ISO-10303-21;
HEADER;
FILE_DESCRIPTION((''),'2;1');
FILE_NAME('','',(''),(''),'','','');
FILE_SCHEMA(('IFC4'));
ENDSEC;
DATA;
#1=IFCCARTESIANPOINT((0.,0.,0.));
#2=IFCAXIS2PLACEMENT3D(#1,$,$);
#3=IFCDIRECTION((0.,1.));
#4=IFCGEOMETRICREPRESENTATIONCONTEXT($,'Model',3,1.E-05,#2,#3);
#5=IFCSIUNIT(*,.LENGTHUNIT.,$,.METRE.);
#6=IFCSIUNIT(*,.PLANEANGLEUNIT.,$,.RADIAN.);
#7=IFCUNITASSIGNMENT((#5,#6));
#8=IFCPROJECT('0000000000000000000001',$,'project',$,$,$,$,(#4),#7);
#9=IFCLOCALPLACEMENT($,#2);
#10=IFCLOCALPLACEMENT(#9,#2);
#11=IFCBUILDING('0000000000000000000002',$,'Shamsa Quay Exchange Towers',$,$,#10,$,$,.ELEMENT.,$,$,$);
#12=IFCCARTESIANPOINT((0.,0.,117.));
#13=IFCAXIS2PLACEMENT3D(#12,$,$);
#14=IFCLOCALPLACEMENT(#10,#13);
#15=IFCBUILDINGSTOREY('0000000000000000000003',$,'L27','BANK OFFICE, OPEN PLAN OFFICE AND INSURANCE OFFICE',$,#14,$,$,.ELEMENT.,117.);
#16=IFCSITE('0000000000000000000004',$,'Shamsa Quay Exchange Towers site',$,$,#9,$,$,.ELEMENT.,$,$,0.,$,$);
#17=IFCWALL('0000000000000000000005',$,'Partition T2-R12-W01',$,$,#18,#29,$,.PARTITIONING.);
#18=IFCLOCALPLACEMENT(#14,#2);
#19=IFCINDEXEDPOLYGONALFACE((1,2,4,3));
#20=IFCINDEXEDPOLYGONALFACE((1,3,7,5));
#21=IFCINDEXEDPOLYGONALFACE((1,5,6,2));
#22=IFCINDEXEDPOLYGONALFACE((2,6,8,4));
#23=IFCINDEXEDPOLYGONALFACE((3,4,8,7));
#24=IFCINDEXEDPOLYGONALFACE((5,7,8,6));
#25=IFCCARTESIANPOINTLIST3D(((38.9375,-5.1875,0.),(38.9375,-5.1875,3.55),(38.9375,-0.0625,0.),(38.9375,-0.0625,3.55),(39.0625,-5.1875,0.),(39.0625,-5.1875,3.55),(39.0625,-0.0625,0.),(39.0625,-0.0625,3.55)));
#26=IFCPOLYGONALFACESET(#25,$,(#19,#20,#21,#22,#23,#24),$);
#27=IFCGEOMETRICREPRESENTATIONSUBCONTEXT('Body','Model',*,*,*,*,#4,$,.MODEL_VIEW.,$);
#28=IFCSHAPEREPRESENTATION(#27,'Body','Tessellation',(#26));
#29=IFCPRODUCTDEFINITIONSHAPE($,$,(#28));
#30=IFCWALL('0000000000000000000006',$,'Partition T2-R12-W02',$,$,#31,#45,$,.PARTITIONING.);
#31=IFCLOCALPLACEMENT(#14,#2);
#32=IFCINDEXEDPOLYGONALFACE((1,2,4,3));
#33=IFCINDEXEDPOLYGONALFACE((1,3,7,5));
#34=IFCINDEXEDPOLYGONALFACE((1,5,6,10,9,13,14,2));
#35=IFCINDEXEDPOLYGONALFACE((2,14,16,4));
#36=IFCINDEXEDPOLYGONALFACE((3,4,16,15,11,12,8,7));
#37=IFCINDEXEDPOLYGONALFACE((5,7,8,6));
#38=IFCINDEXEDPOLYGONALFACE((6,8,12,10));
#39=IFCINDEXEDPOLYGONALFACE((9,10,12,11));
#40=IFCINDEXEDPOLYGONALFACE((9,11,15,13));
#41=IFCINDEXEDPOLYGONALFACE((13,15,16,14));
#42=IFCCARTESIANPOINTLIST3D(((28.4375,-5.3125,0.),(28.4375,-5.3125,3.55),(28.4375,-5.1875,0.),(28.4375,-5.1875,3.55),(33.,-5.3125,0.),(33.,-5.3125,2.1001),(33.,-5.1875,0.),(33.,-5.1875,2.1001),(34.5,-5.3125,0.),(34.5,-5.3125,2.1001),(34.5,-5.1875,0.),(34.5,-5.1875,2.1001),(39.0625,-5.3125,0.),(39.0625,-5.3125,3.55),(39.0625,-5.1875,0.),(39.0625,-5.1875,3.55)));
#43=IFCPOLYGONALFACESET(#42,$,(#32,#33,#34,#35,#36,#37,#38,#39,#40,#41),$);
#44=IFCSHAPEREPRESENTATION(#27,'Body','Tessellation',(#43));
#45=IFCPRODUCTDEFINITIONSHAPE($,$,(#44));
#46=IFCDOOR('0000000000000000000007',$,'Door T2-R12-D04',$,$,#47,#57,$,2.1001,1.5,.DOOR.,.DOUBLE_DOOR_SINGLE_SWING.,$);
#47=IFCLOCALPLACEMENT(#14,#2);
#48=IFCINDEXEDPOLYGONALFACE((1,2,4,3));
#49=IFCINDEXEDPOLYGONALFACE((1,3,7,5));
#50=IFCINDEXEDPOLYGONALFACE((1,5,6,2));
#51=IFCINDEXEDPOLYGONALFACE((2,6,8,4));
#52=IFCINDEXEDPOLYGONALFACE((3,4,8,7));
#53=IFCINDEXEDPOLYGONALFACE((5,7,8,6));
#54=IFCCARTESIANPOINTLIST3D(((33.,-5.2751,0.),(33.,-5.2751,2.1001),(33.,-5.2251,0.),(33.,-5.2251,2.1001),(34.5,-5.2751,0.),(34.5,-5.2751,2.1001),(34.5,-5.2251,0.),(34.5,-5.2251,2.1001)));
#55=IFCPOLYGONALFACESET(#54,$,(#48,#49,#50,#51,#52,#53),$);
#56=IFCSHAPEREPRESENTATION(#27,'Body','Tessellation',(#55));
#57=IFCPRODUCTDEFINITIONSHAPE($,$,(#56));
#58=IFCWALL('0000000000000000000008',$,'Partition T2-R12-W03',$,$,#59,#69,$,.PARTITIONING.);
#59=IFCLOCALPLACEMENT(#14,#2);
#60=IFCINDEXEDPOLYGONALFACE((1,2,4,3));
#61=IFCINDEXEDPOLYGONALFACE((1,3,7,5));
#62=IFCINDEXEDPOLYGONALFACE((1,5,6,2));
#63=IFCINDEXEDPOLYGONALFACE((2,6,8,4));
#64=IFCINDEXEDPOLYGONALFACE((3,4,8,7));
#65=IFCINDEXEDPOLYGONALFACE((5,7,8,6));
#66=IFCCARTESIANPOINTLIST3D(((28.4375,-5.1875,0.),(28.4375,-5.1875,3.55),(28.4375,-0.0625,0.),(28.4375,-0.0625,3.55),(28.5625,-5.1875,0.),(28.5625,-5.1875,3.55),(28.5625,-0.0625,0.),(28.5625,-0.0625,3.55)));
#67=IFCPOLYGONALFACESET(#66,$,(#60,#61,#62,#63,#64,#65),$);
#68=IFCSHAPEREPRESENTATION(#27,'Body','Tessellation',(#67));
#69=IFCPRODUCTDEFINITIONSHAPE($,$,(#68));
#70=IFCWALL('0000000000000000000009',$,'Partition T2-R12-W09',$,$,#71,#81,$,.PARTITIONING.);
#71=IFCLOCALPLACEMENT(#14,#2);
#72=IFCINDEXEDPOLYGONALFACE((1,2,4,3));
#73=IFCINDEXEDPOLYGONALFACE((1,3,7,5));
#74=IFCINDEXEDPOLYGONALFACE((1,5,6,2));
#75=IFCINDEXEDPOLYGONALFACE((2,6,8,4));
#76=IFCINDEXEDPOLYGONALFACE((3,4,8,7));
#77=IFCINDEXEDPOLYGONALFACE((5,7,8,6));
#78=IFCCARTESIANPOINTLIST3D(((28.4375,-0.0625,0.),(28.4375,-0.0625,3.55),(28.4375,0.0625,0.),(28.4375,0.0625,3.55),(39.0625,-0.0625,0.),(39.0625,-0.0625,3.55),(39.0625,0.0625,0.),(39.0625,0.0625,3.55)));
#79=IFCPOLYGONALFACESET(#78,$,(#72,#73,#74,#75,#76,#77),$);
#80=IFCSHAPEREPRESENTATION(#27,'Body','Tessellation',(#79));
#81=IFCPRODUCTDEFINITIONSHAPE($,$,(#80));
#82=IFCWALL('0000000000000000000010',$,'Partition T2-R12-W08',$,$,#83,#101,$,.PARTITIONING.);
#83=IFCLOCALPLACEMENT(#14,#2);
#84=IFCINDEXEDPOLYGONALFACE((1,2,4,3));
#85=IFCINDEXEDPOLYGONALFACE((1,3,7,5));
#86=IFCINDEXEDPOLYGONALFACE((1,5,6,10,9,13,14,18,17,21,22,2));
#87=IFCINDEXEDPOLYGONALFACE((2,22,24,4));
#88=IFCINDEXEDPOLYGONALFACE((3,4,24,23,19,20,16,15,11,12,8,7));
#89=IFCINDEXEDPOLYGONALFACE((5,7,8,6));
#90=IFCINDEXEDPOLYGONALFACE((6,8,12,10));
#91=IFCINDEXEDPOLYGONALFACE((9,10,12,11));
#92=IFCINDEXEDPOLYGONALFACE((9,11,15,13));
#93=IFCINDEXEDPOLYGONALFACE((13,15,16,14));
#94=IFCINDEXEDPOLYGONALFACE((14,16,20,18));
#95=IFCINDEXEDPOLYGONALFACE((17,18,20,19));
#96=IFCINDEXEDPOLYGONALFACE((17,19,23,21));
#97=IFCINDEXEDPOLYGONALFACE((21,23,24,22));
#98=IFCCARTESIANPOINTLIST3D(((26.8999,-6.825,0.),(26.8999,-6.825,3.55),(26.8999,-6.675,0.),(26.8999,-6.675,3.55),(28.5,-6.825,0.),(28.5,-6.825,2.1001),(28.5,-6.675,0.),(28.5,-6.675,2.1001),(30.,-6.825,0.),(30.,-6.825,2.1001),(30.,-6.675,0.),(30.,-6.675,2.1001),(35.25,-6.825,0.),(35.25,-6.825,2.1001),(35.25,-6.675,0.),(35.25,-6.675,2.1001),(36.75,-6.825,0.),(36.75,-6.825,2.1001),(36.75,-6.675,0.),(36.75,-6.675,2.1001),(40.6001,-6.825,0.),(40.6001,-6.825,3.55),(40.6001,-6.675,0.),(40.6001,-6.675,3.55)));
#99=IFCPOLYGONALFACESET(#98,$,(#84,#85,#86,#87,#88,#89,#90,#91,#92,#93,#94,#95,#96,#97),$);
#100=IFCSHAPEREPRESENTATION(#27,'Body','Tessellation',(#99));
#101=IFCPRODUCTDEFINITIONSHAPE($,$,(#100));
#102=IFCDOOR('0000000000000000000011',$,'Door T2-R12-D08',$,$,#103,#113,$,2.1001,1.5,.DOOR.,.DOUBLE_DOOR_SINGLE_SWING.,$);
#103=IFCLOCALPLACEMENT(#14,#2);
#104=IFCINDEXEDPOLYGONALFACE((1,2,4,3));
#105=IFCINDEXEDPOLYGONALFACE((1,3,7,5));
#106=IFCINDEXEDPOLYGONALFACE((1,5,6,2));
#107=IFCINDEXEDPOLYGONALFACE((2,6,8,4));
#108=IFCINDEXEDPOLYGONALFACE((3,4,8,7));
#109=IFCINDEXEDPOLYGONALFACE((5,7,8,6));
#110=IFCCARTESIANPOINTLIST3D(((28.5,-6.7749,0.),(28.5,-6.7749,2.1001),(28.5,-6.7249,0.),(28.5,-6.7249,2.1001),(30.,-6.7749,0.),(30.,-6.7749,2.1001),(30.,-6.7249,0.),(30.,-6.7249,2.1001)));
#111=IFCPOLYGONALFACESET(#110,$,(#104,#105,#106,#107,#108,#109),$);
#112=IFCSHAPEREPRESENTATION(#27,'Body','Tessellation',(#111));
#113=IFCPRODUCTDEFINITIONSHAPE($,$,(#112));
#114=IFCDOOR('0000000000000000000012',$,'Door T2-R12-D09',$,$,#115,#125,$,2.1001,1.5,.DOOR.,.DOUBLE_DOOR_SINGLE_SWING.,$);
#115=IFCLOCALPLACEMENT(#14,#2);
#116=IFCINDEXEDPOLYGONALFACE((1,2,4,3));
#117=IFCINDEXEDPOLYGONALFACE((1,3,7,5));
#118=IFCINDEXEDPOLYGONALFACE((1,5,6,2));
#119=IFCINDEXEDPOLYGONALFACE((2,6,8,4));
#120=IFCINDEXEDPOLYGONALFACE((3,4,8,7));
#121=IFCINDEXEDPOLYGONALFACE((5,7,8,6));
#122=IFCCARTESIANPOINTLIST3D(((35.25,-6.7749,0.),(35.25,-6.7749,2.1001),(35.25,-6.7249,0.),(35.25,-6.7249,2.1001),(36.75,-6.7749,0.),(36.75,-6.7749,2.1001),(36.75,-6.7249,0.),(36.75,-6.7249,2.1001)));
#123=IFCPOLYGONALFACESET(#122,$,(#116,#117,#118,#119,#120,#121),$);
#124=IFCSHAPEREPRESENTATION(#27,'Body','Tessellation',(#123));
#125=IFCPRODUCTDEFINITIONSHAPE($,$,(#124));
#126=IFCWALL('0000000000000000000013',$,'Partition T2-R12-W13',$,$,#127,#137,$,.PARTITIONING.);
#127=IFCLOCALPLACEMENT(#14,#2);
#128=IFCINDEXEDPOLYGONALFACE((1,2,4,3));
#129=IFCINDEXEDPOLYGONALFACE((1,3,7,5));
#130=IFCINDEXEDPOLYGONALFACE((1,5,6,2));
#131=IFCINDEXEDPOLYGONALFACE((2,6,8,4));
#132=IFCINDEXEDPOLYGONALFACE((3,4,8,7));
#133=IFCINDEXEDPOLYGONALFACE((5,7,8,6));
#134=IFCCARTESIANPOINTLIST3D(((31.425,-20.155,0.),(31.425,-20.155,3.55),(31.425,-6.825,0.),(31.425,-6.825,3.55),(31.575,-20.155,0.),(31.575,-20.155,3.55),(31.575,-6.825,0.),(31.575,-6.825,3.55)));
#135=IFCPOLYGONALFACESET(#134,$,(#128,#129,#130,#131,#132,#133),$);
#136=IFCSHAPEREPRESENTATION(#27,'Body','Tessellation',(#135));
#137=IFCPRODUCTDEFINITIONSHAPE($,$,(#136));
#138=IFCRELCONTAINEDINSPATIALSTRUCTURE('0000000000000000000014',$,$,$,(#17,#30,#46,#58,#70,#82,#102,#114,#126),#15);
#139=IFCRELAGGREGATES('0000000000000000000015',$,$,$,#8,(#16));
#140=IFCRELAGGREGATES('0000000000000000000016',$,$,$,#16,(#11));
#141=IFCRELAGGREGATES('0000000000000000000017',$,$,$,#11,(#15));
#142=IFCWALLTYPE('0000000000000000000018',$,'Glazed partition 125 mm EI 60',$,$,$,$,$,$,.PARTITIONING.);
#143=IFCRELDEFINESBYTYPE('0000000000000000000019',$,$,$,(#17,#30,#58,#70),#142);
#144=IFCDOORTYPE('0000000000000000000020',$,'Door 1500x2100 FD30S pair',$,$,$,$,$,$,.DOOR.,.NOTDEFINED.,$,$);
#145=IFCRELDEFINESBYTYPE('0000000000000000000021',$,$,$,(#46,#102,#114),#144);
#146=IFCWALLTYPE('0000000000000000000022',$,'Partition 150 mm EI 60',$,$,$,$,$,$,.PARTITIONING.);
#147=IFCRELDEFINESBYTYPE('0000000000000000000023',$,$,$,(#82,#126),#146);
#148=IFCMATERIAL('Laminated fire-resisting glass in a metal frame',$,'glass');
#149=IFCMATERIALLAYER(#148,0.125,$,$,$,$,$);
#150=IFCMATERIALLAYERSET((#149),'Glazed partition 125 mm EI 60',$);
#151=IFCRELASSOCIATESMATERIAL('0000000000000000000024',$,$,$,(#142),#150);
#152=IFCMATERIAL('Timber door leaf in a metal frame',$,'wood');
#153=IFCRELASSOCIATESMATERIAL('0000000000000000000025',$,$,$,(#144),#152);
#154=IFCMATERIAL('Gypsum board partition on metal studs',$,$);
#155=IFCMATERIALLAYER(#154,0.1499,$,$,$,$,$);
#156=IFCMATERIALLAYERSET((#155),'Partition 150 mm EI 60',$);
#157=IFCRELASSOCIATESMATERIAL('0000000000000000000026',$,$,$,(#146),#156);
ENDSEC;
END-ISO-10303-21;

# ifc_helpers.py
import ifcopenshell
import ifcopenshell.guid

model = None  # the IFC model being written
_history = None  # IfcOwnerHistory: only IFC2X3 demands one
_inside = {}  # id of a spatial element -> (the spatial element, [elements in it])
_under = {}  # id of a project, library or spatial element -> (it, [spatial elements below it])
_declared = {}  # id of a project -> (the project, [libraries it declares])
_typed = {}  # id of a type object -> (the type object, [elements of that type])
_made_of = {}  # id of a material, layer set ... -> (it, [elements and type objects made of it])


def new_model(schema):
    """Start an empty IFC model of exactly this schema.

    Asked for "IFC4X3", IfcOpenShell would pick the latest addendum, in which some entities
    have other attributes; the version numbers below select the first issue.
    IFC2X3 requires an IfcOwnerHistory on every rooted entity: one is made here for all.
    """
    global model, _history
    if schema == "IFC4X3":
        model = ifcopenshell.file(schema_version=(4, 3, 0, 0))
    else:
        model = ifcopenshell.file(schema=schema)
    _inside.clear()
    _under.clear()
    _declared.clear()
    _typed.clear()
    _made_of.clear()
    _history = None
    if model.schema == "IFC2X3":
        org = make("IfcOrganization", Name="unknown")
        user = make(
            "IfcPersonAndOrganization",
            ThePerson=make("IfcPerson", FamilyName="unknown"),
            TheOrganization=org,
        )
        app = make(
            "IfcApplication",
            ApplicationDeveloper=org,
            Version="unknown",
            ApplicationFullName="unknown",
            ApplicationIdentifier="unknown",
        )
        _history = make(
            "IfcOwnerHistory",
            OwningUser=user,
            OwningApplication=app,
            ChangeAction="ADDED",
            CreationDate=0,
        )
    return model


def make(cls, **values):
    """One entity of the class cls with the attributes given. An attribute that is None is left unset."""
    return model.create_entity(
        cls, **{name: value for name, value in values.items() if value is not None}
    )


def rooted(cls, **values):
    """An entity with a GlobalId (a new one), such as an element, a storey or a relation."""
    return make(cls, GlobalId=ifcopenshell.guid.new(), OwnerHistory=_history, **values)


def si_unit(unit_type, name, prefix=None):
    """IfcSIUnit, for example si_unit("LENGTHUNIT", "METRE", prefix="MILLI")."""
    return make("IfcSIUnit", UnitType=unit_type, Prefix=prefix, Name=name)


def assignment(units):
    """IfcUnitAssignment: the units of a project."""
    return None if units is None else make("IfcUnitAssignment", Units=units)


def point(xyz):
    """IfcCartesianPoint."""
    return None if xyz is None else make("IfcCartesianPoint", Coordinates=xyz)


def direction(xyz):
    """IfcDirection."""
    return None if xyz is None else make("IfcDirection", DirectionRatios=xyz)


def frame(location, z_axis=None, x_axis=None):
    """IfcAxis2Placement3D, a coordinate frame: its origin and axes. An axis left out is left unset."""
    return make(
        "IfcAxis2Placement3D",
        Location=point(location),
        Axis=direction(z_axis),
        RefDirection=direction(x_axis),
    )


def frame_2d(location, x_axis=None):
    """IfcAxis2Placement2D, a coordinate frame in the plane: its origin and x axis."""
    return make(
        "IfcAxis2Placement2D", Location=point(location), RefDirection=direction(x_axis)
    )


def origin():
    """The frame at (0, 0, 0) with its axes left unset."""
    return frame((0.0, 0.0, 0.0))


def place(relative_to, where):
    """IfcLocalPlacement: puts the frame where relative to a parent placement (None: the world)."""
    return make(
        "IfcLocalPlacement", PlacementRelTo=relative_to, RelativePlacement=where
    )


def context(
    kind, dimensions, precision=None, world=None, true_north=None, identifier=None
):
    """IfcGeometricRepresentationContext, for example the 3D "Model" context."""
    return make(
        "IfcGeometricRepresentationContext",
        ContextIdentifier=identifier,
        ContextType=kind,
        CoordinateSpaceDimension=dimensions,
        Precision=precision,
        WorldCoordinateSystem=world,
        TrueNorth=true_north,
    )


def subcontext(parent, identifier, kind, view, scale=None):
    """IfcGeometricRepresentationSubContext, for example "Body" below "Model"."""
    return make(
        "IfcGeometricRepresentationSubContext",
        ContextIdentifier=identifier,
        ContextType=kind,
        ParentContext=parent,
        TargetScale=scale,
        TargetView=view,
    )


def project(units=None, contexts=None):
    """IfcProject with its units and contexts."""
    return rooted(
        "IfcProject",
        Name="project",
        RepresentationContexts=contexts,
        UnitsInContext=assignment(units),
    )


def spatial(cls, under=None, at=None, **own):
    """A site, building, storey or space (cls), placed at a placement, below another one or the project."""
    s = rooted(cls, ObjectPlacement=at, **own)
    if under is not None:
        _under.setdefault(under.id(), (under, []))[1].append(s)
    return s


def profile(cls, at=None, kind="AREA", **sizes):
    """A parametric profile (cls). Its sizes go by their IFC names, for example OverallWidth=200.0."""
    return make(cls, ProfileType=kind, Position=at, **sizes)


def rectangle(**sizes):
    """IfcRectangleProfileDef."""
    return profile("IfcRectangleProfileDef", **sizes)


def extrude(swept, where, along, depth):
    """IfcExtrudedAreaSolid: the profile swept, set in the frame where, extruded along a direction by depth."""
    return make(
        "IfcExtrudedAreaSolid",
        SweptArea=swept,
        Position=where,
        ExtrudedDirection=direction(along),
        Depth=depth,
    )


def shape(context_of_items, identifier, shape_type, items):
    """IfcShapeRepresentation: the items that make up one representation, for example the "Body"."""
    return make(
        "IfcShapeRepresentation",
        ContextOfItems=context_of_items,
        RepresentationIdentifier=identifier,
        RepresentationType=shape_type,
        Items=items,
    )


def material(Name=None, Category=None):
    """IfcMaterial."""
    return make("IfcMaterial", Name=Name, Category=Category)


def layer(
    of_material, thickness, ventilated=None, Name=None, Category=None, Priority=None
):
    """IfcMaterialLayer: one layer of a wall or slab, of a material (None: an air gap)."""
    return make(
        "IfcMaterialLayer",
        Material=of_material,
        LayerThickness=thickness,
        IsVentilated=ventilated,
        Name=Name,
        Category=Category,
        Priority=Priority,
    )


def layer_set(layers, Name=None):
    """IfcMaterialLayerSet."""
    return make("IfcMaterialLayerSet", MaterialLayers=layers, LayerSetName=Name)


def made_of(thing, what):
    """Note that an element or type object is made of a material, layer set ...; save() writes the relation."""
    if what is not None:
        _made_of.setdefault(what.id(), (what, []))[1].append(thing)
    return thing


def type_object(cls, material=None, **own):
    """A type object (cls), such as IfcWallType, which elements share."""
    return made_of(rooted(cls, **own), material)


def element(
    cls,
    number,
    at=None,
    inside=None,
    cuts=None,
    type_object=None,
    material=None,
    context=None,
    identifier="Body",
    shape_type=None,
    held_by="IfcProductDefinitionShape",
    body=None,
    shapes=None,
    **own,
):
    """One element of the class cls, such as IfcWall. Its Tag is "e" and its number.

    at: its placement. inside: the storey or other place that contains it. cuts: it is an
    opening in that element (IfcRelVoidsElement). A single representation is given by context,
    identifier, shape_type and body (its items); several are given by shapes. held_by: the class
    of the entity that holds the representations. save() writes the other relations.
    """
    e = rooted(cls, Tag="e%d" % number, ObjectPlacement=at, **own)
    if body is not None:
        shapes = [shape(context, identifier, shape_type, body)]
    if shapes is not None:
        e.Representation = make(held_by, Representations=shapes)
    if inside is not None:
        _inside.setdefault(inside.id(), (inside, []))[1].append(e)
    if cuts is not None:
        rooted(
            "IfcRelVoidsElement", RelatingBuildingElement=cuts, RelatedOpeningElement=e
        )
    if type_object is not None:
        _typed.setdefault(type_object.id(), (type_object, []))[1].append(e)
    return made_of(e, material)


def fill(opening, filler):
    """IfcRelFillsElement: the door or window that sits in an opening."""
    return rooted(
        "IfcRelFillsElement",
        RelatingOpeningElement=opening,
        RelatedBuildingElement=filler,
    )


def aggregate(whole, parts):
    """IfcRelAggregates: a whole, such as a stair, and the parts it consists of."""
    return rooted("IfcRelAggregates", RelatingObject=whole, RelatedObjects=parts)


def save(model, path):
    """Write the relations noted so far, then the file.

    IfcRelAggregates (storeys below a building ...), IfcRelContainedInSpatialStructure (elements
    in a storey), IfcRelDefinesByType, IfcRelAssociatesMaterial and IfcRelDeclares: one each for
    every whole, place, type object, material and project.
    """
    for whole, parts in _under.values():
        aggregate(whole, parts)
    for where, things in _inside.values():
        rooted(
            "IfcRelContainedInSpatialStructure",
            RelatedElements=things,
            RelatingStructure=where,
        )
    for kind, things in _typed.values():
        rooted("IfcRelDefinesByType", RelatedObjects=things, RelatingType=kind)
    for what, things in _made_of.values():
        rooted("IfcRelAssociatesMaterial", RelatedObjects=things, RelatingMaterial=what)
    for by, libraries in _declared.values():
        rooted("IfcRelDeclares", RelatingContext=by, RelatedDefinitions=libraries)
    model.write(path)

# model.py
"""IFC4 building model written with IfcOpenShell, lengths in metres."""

from ifc_helpers import new_model, si_unit, direction, frame, frame_2d, origin, place, context, subcontext, project, spatial, rectangle, extrude, material, layer, layer_set, type_object, element, fill, save


model = new_model("IFC4")

# Units and contexts
model_context = context("Model", 3, precision=1e-05, world=origin(), true_north=direction((0.0, 1.0)))
body_context = subcontext(model_context, "Body", "Model", "MODEL_VIEW")
ifc_project = project(units=[si_unit("LENGTHUNIT", "METRE"), si_unit("PLANEANGLEUNIT", "RADIAN")], contexts=[model_context])

# Site, building, storey
site_placement = place(None, origin())
site = spatial("IfcSite", under=ifc_project, at=site_placement, Name="Shamsa Quay Exchange Towers site", CompositionType="ELEMENT", RefElevation=0.0)
building_placement = place(site_placement, origin())
building = spatial("IfcBuilding", under=site, at=building_placement, Name="Shamsa Quay Exchange Towers", CompositionType="ELEMENT")
storey_placement = place(building_placement, frame((0.0, 0.0, 117.0)))
storey = spatial("IfcBuildingStorey", under=building, at=storey_placement, Name="L27", Description="BANK OFFICE, OPEN PLAN OFFICE AND INSURANCE OFFICE", CompositionType="ELEMENT", Elevation=117.0)

# Wall
ifc_material_1 = material(Name="Laminated fire-resisting glass in a metal frame", Category="glass")
ifc_layer_1 = layer(ifc_material_1, 0.125)
ifc_layer_set_1 = layer_set([ifc_layer_1], Name="Glazed partition 125 mm EI 60")
wall_type_1 = type_object("IfcWallType", Name="Glazed partition 125 mm EI 60", PredefinedType="PARTITIONING", material=ifc_layer_set_1)
wall_1_placement = place(storey_placement, frame((39.0, -5.1875, 0.0), z_axis=(0.0, 0.0, 1.0), x_axis=(0.0, 1.0, 0.0)))
element("IfcWall", 1, at=wall_1_placement, inside=storey, type_object=wall_type_1, Name="Partition T2-R12-W01", PredefinedType="PARTITIONING", context=body_context, shape_type="SweptSolid", body=[
    extrude(rectangle(XDim=5.125, YDim=0.125, at=frame_2d((2.5625, 0.0))), origin(), (0.0, 0.0, 1.0), 3.55),
])

# Wall, opening, door
wall_2_placement = place(storey_placement, frame((28.4375, -5.25, 0.0)))
wall_2 = element("IfcWall", 2, at=wall_2_placement, inside=storey, type_object=wall_type_1, Name="Partition T2-R12-W02", PredefinedType="PARTITIONING", context=body_context, shape_type="SweptSolid", body=[
    extrude(rectangle(XDim=10.625, YDim=0.125, at=frame_2d((5.3125, 0.0))), origin(), (0.0, 0.0, 1.0), 3.55),
])
opening_1_placement = place(wall_2_placement, frame((4.5625, 0.0, 0.0)))
opening_1 = element("IfcOpeningElement", 3, at=opening_1_placement, cuts=wall_2, PredefinedType="OPENING", context=body_context, shape_type="SweptSolid", body=[
    extrude(rectangle(XDim=1.5, YDim=2.1001, at=frame_2d((0.75, 1.05))), frame((0.0, 0.0725, 0.0), z_axis=(0.0, -1.0, 0.0), x_axis=(1.0, 0.0, 0.0)), (0.0, 0.0, 1.0), 0.145),
])
ifc_material_2 = material(Name="Timber door leaf in a metal frame", Category="wood")
door_type_1 = type_object("IfcDoorType", Name="Door 1500x2100 FD30S pair", OperationType="NOTDEFINED", PredefinedType="DOOR", material=ifc_material_2)
door_1_placement = place(opening_1_placement, origin())
door_1 = element("IfcDoor", 4, at=door_1_placement, inside=storey, type_object=door_type_1, Name="Door T2-R12-D04", OperationType="DOUBLE_DOOR_SINGLE_SWING", OverallHeight=2.1001, OverallWidth=1.5, PredefinedType="DOOR", context=body_context, shape_type="SweptSolid", body=[
    extrude(rectangle(XDim=1.5, YDim=2.1001, at=frame_2d((0.75, 1.05))), frame((0.0, 0.0249, 0.0), z_axis=(0.0, -1.0, 0.0), x_axis=(1.0, 0.0, 0.0)), (0.0, 0.0, 1.0), 0.05),
])
fill(opening_1, door_1)

# Walls
wall_3_placement = place(storey_placement, frame((28.5, -0.0625, 0.0), z_axis=(0.0, 0.0, 1.0), x_axis=(0.0, -1.0, 0.0)))
element("IfcWall", 5, at=wall_3_placement, inside=storey, type_object=wall_type_1, Name="Partition T2-R12-W03", PredefinedType="PARTITIONING", context=body_context, shape_type="SweptSolid", body=[
    extrude(rectangle(XDim=5.125, YDim=0.125, at=frame_2d((2.5625, 0.0))), origin(), (0.0, 0.0, 1.0), 3.55),
])
wall_4_placement = place(storey_placement, frame((39.0625, 0.0, 0.0), z_axis=(0.0, 0.0, 1.0), x_axis=(-1.0, 0.0, 0.0)))
element("IfcWall", 6, at=wall_4_placement, inside=storey, type_object=wall_type_1, Name="Partition T2-R12-W09", PredefinedType="PARTITIONING", context=body_context, shape_type="SweptSolid", body=[
    extrude(rectangle(XDim=10.625, YDim=0.125, at=frame_2d((5.3125, 0.0))), origin(), (0.0, 0.0, 1.0), 3.55),
])

# Wall, openings, doors
ifc_material_3 = material(Name="Gypsum board partition on metal studs")
ifc_layer_2 = layer(ifc_material_3, 0.1499)
ifc_layer_set_2 = layer_set([ifc_layer_2], Name="Partition 150 mm EI 60")
wall_type_2 = type_object("IfcWallType", Name="Partition 150 mm EI 60", PredefinedType="PARTITIONING", material=ifc_layer_set_2)
wall_5_placement = place(storey_placement, frame((40.6001, -6.75, 0.0), z_axis=(0.0, 0.0, 1.0), x_axis=(-1.0, 0.0, 0.0)))
wall_5 = element("IfcWall", 7, at=wall_5_placement, inside=storey, type_object=wall_type_2, Name="Partition T2-R12-W08", PredefinedType="PARTITIONING", context=body_context, shape_type="SweptSolid", body=[
    extrude(rectangle(XDim=13.7002, YDim=0.1499, at=frame_2d((6.8501, 0.0))), origin(), (0.0, 0.0, 1.0), 3.55),
])
opening_2_placement = place(wall_5_placement, frame((10.6001, 0.0, 0.0)))
opening_2 = element("IfcOpeningElement", 8, at=opening_2_placement, cuts=wall_5, PredefinedType="OPENING", context=body_context, shape_type="SweptSolid", body=[
    extrude(rectangle(XDim=1.5, YDim=2.1001, at=frame_2d((0.75, 1.05))), frame((0.0, 0.085, 0.0), z_axis=(0.0, -1.0, 0.0), x_axis=(1.0, 0.0, 0.0)), (0.0, 0.0, 1.0), 0.1699),
])
opening_3_placement = place(wall_5_placement, frame((3.8501, 0.0, 0.0)))
opening_3 = element("IfcOpeningElement", 9, at=opening_3_placement, cuts=wall_5, PredefinedType="OPENING", context=body_context, shape_type="SweptSolid", body=[
    extrude(rectangle(XDim=1.5, YDim=2.1001, at=frame_2d((0.75, 1.05))), frame((0.0, 0.085, 0.0), z_axis=(0.0, -1.0, 0.0), x_axis=(1.0, 0.0, 0.0)), (0.0, 0.0, 1.0), 0.1699),
])
door_2_placement = place(opening_2_placement, origin())
door_2 = element("IfcDoor", 10, at=door_2_placement, inside=storey, type_object=door_type_1, Name="Door T2-R12-D08", OperationType="DOUBLE_DOOR_SINGLE_SWING", OverallHeight=2.1001, OverallWidth=1.5, PredefinedType="DOOR", context=body_context, shape_type="SweptSolid", body=[
    extrude(rectangle(XDim=1.5, YDim=2.1001, at=frame_2d((0.75, 1.05))), frame((0.0, 0.0249, 0.0), z_axis=(0.0, -1.0, 0.0), x_axis=(1.0, 0.0, 0.0)), (0.0, 0.0, 1.0), 0.05),
])
fill(opening_2, door_2)
door_3_placement = place(opening_3_placement, origin())
door_3 = element("IfcDoor", 11, at=door_3_placement, inside=storey, type_object=door_type_1, Name="Door T2-R12-D09", OperationType="DOUBLE_DOOR_SINGLE_SWING", OverallHeight=2.1001, OverallWidth=1.5, PredefinedType="DOOR", context=body_context, shape_type="SweptSolid", body=[
    extrude(rectangle(XDim=1.5, YDim=2.1001, at=frame_2d((0.75, 1.05))), frame((0.0, 0.0249, 0.0), z_axis=(0.0, -1.0, 0.0), x_axis=(1.0, 0.0, 0.0)), (0.0, 0.0, 1.0), 0.05),
])
fill(opening_3, door_3)

# Wall
wall_6_placement = place(storey_placement, frame((31.5, -6.825, 0.0), z_axis=(0.0, 0.0, 1.0), x_axis=(0.0, -1.0, 0.0)))
element("IfcWall", 12, at=wall_6_placement, inside=storey, type_object=wall_type_2, Name="Partition T2-R12-W13", PredefinedType="PARTITIONING", context=body_context, shape_type="SweptSolid", body=[
    extrude(rectangle(XDim=13.3301, YDim=0.1499, at=frame_2d((6.665, 0.0))), origin(), (0.0, 0.0, 1.0), 3.55),
])

save(model, "model.ifc")
